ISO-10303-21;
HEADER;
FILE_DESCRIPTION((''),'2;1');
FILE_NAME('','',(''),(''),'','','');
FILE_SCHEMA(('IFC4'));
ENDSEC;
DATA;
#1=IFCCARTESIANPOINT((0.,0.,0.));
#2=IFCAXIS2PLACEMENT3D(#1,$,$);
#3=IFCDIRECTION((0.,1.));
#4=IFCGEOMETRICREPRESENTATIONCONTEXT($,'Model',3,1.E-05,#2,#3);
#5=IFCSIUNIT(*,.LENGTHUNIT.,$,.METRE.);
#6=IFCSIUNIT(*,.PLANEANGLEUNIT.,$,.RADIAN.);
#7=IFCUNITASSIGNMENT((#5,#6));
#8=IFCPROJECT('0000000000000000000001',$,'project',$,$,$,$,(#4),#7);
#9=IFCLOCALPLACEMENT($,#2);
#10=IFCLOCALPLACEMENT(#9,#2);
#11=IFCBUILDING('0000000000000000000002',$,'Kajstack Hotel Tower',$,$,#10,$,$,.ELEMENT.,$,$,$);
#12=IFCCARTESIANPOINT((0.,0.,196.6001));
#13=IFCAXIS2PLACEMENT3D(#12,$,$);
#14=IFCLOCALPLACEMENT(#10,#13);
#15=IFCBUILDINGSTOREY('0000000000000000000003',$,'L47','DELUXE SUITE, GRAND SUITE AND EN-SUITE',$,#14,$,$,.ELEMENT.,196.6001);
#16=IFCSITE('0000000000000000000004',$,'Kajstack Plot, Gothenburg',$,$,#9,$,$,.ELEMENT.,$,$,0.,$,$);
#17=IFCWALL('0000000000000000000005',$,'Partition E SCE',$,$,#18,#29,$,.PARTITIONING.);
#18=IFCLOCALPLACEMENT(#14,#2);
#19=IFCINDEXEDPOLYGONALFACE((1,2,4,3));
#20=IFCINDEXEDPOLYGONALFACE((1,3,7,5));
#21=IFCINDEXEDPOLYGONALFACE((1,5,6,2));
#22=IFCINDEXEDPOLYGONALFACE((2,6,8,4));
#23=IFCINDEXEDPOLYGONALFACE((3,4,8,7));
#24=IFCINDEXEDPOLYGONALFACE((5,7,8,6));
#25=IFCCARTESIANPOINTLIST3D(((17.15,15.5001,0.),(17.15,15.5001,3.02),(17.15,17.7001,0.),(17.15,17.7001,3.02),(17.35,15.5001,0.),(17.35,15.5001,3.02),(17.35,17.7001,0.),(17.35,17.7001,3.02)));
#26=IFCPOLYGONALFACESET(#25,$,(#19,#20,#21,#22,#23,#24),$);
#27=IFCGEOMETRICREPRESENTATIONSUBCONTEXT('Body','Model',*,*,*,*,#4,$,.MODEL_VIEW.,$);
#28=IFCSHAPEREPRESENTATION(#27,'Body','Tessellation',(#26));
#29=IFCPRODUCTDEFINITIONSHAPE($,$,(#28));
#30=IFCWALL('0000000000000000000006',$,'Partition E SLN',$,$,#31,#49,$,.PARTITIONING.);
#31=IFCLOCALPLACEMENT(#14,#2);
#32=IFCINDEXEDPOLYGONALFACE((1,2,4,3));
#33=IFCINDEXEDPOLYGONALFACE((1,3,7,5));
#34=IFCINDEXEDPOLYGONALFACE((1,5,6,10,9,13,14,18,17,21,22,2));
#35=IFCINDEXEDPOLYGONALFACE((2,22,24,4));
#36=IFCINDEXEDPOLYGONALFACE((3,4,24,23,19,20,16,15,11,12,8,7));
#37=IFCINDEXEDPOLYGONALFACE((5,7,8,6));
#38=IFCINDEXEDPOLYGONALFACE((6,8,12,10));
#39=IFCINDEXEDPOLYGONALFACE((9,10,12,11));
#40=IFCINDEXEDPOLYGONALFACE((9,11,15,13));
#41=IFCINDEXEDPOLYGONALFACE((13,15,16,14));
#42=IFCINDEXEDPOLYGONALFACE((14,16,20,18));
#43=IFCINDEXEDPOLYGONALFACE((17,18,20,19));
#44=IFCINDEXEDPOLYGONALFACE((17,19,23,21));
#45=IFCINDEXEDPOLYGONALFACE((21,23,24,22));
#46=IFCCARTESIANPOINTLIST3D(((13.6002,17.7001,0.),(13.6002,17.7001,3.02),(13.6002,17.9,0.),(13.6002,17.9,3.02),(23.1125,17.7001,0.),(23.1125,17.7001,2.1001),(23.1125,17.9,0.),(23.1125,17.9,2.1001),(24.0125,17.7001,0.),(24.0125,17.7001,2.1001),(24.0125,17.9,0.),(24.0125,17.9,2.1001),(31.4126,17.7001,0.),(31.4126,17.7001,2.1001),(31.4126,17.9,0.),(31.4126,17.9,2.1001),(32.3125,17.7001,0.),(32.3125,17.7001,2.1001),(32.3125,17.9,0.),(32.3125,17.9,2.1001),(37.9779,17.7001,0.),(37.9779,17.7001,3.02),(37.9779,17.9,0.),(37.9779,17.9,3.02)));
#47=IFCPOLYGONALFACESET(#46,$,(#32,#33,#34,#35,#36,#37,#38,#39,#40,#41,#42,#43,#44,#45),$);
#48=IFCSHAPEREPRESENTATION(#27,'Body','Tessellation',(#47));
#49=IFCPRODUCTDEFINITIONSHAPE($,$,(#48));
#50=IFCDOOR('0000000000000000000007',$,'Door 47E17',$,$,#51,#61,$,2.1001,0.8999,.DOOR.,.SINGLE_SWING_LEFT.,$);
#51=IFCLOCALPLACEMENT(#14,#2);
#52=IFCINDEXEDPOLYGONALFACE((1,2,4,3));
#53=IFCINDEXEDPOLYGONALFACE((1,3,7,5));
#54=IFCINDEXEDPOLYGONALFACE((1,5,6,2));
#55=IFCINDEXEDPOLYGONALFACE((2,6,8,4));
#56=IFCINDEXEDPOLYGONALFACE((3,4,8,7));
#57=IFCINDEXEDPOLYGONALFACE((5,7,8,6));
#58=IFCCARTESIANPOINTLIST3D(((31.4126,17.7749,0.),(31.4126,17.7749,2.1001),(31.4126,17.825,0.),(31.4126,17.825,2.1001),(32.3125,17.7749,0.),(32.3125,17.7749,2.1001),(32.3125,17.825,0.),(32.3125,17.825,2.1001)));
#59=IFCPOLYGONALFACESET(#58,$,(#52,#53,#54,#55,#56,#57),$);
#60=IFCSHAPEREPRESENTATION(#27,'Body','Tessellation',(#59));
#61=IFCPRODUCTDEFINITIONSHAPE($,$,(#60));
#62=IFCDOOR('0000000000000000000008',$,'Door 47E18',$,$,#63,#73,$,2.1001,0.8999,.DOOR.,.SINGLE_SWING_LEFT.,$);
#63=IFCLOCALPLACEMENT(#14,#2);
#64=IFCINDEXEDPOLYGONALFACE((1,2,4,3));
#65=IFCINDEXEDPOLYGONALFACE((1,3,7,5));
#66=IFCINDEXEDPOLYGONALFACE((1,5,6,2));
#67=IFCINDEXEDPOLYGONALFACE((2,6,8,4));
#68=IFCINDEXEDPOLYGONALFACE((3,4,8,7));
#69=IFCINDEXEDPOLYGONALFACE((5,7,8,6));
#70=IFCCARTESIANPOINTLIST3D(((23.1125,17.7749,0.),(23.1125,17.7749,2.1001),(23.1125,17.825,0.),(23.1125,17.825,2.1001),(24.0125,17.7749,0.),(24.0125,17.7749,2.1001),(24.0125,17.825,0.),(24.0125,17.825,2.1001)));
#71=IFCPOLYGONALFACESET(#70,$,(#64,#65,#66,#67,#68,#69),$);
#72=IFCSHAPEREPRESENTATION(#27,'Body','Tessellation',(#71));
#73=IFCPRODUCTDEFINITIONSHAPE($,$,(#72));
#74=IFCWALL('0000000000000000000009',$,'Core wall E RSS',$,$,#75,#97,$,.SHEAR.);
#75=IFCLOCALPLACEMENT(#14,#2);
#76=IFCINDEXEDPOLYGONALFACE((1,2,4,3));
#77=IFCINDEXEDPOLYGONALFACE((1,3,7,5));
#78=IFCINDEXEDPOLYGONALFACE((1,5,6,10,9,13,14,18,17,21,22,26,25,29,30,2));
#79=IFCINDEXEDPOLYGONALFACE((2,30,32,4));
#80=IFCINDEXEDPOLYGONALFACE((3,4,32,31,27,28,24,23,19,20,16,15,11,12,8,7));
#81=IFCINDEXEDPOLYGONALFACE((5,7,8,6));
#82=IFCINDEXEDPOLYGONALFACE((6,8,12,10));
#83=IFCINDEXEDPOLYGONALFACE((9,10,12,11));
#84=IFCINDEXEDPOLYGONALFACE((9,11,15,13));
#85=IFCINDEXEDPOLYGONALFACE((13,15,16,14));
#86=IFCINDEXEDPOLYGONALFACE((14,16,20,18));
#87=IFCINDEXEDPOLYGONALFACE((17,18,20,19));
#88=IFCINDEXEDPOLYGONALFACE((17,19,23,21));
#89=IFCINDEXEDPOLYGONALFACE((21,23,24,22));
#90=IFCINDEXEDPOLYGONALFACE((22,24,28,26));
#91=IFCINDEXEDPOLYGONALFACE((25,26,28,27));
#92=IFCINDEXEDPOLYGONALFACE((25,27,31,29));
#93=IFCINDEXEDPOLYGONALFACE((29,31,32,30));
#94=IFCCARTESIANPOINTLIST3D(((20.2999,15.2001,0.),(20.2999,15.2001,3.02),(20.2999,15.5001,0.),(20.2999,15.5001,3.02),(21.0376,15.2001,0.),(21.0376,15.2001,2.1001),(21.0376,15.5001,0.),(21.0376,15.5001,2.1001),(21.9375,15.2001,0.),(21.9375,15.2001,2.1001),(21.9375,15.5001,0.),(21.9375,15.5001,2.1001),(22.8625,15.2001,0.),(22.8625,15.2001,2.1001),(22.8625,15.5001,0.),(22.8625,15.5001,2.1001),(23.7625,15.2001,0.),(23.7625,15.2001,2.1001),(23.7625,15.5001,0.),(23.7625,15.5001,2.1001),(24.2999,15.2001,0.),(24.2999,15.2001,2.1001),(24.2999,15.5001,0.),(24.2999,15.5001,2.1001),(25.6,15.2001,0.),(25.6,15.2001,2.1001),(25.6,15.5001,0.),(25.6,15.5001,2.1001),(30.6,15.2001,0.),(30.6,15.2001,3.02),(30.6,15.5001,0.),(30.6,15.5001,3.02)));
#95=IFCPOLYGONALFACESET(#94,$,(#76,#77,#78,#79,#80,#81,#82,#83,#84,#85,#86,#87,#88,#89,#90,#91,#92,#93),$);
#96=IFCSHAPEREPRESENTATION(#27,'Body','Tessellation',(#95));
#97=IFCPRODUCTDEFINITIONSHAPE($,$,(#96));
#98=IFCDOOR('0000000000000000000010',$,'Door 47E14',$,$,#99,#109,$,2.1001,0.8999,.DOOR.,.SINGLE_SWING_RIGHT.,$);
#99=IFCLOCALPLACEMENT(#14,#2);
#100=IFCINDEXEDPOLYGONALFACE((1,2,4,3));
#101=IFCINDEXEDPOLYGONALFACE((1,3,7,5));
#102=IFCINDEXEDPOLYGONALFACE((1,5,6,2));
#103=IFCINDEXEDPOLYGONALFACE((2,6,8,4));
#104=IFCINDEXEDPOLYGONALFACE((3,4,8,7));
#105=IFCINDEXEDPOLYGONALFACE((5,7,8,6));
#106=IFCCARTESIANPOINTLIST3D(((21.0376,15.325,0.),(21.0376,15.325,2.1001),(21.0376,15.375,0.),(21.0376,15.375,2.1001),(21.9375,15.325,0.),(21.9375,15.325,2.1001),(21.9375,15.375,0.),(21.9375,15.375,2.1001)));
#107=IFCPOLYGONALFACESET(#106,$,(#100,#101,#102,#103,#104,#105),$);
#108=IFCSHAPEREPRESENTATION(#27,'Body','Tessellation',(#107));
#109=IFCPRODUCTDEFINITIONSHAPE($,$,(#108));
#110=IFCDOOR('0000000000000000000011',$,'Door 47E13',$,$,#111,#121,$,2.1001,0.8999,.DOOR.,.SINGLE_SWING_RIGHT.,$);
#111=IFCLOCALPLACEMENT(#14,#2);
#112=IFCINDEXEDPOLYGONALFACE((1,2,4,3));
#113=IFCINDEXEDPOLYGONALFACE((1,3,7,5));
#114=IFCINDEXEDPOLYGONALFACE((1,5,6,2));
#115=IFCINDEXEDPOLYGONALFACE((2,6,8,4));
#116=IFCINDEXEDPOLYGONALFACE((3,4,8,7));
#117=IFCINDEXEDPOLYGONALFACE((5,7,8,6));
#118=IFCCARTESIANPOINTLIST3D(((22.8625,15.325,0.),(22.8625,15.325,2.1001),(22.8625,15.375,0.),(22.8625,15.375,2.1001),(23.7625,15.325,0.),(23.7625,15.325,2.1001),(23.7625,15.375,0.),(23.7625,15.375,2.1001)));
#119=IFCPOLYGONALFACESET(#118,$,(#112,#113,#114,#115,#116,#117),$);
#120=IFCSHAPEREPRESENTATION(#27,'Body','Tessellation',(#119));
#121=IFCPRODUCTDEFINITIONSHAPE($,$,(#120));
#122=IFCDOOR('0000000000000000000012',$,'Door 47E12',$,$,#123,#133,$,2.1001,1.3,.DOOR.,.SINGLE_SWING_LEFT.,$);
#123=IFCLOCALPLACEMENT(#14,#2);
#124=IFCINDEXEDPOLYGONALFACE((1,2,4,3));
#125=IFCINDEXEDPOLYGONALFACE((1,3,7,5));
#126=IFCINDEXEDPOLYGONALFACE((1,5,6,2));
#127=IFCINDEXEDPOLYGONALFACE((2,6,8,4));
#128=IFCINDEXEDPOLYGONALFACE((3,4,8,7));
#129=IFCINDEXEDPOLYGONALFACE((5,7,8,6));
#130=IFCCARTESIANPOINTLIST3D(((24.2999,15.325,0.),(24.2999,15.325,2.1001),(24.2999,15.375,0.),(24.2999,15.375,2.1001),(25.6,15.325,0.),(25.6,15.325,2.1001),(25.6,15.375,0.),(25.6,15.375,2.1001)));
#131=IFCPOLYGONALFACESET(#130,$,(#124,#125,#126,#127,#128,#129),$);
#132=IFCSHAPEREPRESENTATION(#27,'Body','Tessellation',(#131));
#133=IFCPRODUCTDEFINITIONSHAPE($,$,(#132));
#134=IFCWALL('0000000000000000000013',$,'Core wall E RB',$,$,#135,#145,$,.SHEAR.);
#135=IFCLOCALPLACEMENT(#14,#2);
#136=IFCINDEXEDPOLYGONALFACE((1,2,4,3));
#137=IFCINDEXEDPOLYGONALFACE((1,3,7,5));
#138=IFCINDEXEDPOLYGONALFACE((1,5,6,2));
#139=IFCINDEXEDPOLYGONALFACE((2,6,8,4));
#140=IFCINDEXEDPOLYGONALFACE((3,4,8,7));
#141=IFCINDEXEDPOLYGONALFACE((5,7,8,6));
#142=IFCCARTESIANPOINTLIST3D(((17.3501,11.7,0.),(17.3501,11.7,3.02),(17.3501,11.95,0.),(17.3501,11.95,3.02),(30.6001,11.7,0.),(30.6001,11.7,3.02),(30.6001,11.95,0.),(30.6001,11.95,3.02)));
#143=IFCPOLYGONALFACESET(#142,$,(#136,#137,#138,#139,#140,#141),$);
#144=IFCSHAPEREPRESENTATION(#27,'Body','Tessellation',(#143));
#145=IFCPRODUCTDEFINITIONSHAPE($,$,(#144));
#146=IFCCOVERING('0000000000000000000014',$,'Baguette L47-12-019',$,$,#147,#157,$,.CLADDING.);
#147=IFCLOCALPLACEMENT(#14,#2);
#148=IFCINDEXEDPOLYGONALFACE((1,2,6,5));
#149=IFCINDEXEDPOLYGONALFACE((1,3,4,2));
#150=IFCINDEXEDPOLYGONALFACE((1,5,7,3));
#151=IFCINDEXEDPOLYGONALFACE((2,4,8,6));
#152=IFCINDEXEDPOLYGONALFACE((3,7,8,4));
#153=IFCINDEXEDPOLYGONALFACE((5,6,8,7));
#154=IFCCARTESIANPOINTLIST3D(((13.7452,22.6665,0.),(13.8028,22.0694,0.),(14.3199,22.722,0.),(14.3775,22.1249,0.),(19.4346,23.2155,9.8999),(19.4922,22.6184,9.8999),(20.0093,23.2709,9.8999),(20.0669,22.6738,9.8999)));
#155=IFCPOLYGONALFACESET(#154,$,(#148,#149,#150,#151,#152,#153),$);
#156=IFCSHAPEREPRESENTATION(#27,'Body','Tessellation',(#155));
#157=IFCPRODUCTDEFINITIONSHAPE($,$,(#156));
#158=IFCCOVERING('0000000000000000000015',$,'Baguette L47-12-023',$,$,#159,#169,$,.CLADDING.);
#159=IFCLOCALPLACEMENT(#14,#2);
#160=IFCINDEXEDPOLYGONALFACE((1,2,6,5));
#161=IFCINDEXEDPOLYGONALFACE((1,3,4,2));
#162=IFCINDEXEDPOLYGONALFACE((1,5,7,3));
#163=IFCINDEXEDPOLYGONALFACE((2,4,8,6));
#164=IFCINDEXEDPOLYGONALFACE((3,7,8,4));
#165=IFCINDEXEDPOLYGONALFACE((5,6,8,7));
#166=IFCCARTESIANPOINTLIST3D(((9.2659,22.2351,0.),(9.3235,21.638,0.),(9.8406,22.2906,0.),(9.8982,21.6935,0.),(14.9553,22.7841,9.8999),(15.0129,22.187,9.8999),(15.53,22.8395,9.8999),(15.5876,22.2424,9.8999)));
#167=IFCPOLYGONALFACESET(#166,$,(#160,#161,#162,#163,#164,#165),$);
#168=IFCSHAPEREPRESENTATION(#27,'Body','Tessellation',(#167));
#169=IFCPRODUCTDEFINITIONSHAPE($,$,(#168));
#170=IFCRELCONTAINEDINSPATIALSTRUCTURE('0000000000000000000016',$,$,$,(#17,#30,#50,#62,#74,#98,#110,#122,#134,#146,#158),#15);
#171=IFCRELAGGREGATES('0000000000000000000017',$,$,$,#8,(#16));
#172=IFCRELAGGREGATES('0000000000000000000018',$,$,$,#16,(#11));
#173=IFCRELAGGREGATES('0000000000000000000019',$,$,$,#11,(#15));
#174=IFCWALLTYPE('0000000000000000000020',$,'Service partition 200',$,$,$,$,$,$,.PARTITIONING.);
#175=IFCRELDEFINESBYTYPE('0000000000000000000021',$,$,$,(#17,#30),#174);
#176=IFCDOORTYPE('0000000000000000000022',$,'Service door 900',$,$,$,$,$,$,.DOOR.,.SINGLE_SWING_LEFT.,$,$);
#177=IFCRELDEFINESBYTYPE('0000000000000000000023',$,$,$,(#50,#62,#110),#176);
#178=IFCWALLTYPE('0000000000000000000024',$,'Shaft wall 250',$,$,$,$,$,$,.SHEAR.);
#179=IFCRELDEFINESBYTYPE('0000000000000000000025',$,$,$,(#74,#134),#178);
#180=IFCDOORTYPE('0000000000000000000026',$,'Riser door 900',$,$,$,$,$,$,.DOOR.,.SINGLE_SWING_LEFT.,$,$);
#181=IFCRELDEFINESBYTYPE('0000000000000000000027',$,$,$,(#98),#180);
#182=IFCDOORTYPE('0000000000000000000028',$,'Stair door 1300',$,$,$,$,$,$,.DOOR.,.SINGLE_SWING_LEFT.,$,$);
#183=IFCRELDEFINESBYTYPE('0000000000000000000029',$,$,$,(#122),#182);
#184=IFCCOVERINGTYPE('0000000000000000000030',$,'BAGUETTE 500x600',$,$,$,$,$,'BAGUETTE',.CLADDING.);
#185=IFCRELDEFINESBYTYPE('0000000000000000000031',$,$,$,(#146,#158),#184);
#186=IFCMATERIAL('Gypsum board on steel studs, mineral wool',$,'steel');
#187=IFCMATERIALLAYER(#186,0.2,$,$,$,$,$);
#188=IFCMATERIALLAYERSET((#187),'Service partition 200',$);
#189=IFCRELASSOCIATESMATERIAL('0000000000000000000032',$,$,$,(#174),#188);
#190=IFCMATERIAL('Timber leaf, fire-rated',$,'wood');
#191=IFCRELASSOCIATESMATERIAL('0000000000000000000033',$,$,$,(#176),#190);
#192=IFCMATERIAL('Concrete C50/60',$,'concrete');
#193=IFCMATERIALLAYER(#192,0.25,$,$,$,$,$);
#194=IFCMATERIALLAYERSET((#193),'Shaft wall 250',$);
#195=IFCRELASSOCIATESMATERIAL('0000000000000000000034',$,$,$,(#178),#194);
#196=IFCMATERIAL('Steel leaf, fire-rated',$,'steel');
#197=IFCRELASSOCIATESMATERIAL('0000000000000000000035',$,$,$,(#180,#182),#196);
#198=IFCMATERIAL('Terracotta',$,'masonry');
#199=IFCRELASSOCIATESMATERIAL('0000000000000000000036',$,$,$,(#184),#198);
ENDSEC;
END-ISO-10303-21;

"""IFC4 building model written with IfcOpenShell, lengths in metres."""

from ifc_helpers import new_model, si_unit, direction, frame, frame_2d, origin, origin_2d, place, context, subcontext, project, spatial, polyline, rectangle, outline, extrude, material, layer, layer_set, material_profile, profile_set, type_object, element, fill, save


model = new_model("IFC4")

# Units and contexts
model_context = context("Model", 3, precision=1e-05, world=origin(), true_north=direction((0.0, 1.0)))
body_context = subcontext(model_context, "Body", "Model", "MODEL_VIEW")
ifc_project = project(units=[si_unit("LENGTHUNIT", "METRE"), si_unit("PLANEANGLEUNIT", "RADIAN")], contexts=[model_context])

# Site, building, storey
site_placement = place(None, origin())
site = spatial("IfcSite", under=ifc_project, at=site_placement, Name="Kajstack Plot, Gothenburg", CompositionType="ELEMENT", RefElevation=0.0)
building_placement = place(site_placement, origin())
building = spatial("IfcBuilding", under=site, at=building_placement, Name="Kajstack Hotel Tower", CompositionType="ELEMENT")
storey_placement = place(building_placement, frame((0.0, 0.0, 196.6001)))
storey = spatial("IfcBuildingStorey", under=building, at=storey_placement, Name="L47", Description="DELUXE SUITE, GRAND SUITE AND EN-SUITE", CompositionType="ELEMENT", Elevation=196.6001)

# Wall
ifc_material_1 = material(Name="Gypsum board on steel studs, mineral wool", Category="steel")
ifc_layer_1 = layer(ifc_material_1, 0.2)
ifc_layer_set_1 = layer_set([ifc_layer_1], Name="Service partition 200")
wall_type_1 = type_object("IfcWallType", Name="Service partition 200", PredefinedType="PARTITIONING", material=ifc_layer_set_1)
wall_1_placement = place(storey_placement, frame((17.25, 15.5, 0.0), z_axis=(0.0, 0.0, 1.0), x_axis=(0.0, 1.0, 0.0)))
element("IfcWall", 1, at=wall_1_placement, inside=storey, type_object=wall_type_1, Name="Partition E SCE", PredefinedType="PARTITIONING", context=body_context, shape_type="SweptSolid", body=[
    extrude(rectangle(XDim=2.2, YDim=0.2, at=frame_2d((1.1001, 0.0))), origin(), (0.0, 0.0, 1.0), 3.02),
])

# Walls, openings, doors
wall_2_placement = place(storey_placement, frame((13.6001, 17.8, 0.0), z_axis=(0.0, 0.0, 1.0), x_axis=(1.0, 0.0, 0.0)))
wall_2 = element("IfcWall", 2, at=wall_2_placement, inside=storey, type_object=wall_type_1, Name="Partition E SLN", PredefinedType="PARTITIONING", context=body_context, shape_type="SweptSolid", body=[
    extrude(rectangle(XDim=24.3777, YDim=0.2, at=frame_2d((12.189, 0.0))), origin(), (0.0, 0.0, 1.0), 3.02),
])
opening_1_placement = place(wall_2_placement, frame((17.8125, 0.0, 0.0)))
opening_1 = element("IfcOpeningElement", 3, at=opening_1_placement, cuts=wall_2, PredefinedType="OPENING", context=body_context, shape_type="SweptSolid", body=[
    extrude(rectangle(XDim=0.8999, YDim=2.1001, at=frame_2d((0.45, 1.05))), frame((0.0, 0.1099, 0.0), z_axis=(0.0, -1.0, 0.0), x_axis=(1.0, 0.0, 0.0)), (0.0, 0.0, 1.0), 0.22),
])
opening_2_placement = place(wall_2_placement, frame((9.5125, 0.0, 0.0)))
opening_2 = element("IfcOpeningElement", 4, at=opening_2_placement, cuts=wall_2, PredefinedType="OPENING", context=body_context, shape_type="SweptSolid", body=[
    extrude(rectangle(XDim=0.8999, YDim=2.1001, at=frame_2d((0.45, 1.05))), frame((0.0, 0.1099, 0.0), z_axis=(0.0, -1.0, 0.0), x_axis=(1.0, 0.0, 0.0)), (0.0, 0.0, 1.0), 0.22),
])
ifc_material_2 = material(Name="Timber leaf, fire-rated", Category="wood")
door_type_1 = type_object("IfcDoorType", Name="Service door 900", OperationType="SINGLE_SWING_LEFT", PredefinedType="DOOR", material=ifc_material_2)
door_1_placement = place(opening_1_placement, origin())
door_1 = element("IfcDoor", 5, at=door_1_placement, inside=storey, type_object=door_type_1, Name="Door 47E17", OperationType="SINGLE_SWING_LEFT", OverallHeight=2.1001, OverallWidth=0.8999, PredefinedType="DOOR", context=body_context, shape_type="SweptSolid", body=[
    extrude(rectangle(XDim=0.8999, YDim=2.1001, at=frame_2d((0.45, 1.05))), frame((0.0, 0.0249, 0.0), z_axis=(0.0, -1.0, 0.0), x_axis=(1.0, 0.0, 0.0)), (0.0, 0.0, 1.0), 0.05),
])
fill(opening_1, door_1)
door_2_placement = place(opening_2_placement, origin())
door_2 = element("IfcDoor", 6, at=door_2_placement, inside=storey, type_object=door_type_1, Name="Door 47E18", OperationType="SINGLE_SWING_LEFT", OverallHeight=2.1001, OverallWidth=0.8999, PredefinedType="DOOR", context=body_context, shape_type="SweptSolid", body=[
    extrude(rectangle(XDim=0.8999, YDim=2.1001, at=frame_2d((0.45, 1.05))), frame((0.0, 0.0249, 0.0), z_axis=(0.0, -1.0, 0.0), x_axis=(1.0, 0.0, 0.0)), (0.0, 0.0, 1.0), 0.05),
])
fill(opening_2, door_2)
ifc_material_3 = material(Name="Concrete C50/60", Category="concrete")
ifc_layer_2 = layer(ifc_material_3, 0.25)
ifc_layer_set_2 = layer_set([ifc_layer_2], Name="Shaft wall 250")
wall_type_2 = type_object("IfcWallType", Name="Shaft wall 250", PredefinedType="SHEAR", material=ifc_layer_set_2)
wall_3_placement = place(storey_placement, frame((20.3, 15.3501, 0.0), z_axis=(0.0, 0.0, 1.0), x_axis=(1.0, 0.0, 0.0)))
wall_3 = element("IfcWall", 7, at=wall_3_placement, inside=storey, type_object=wall_type_2, Name="Core wall E RSS", PredefinedType="SHEAR", context=body_context, shape_type="SweptSolid", body=[
    extrude(rectangle(XDim=10.3, YDim=0.3, at=frame_2d((5.1499, 0.0))), origin(), (0.0, 0.0, 1.0), 3.02),
])
opening_3_placement = place(wall_3_placement, frame((4.0, 0.0, 0.0)))
opening_3 = element("IfcOpeningElement", 8, at=opening_3_placement, cuts=wall_3, PredefinedType="OPENING", context=body_context, shape_type="SweptSolid", body=[
    extrude(rectangle(XDim=1.3, YDim=2.1001, at=frame_2d((0.6499, 1.05))), frame((0.0, 0.1599, 0.0), z_axis=(0.0, -1.0, 0.0), x_axis=(1.0, 0.0, 0.0)), (0.0, 0.0, 1.0), 0.3201),
])
opening_4_placement = place(wall_3_placement, frame((2.5625, 0.0, 0.0)))
opening_4 = element("IfcOpeningElement", 9, at=opening_4_placement, cuts=wall_3, PredefinedType="OPENING", context=body_context, shape_type="SweptSolid", body=[
    extrude(rectangle(XDim=0.8999, YDim=2.1001, at=frame_2d((0.45, 1.05))), frame((0.0, 0.1599, 0.0), z_axis=(0.0, -1.0, 0.0), x_axis=(1.0, 0.0, 0.0)), (0.0, 0.0, 1.0), 0.3201),
])
opening_5_placement = place(wall_3_placement, frame((0.7375, 0.0, 0.0)))
opening_5 = element("IfcOpeningElement", 10, at=opening_5_placement, cuts=wall_3, PredefinedType="OPENING", context=body_context, shape_type="SweptSolid", body=[
    extrude(rectangle(XDim=0.8999, YDim=2.1001, at=frame_2d((0.45, 1.05))), frame((0.0, 0.1599, 0.0), z_axis=(0.0, -1.0, 0.0), x_axis=(1.0, 0.0, 0.0)), (0.0, 0.0, 1.0), 0.3201),
])
ifc_material_4 = material(Name="Steel leaf, fire-rated", Category="steel")
door_type_2 = type_object("IfcDoorType", Name="Riser door 900", OperationType="SINGLE_SWING_LEFT", PredefinedType="DOOR", material=ifc_material_4)
door_3_placement = place(opening_5_placement, origin())
door_3 = element("IfcDoor", 11, at=door_3_placement, inside=storey, type_object=door_type_2, Name="Door 47E14", OperationType="SINGLE_SWING_RIGHT", OverallHeight=2.1001, OverallWidth=0.8999, PredefinedType="DOOR", context=body_context, shape_type="SweptSolid", body=[
    extrude(rectangle(XDim=0.8999, YDim=2.1001, at=frame_2d((0.45, 1.05))), frame((0.0, 0.0249, 0.0), z_axis=(0.0, -1.0, 0.0), x_axis=(1.0, 0.0, 0.0)), (0.0, 0.0, 1.0), 0.05),
])
fill(opening_5, door_3)
door_4_placement = place(opening_4_placement, origin())
door_4 = element("IfcDoor", 12, at=door_4_placement, inside=storey, type_object=door_type_1, Name="Door 47E13", OperationType="SINGLE_SWING_RIGHT", OverallHeight=2.1001, OverallWidth=0.8999, PredefinedType="DOOR", context=body_context, shape_type="SweptSolid", body=[
    extrude(rectangle(XDim=0.8999, YDim=2.1001, at=frame_2d((0.45, 1.05))), frame((0.0, 0.0249, 0.0), z_axis=(0.0, -1.0, 0.0), x_axis=(1.0, 0.0, 0.0)), (0.0, 0.0, 1.0), 0.05),
])
fill(opening_4, door_4)
door_type_3 = type_object("IfcDoorType", Name="Stair door 1300", OperationType="SINGLE_SWING_LEFT", PredefinedType="DOOR", material=ifc_material_4)
door_5_placement = place(opening_3_placement, origin())
door_5 = element("IfcDoor", 13, at=door_5_placement, inside=storey, type_object=door_type_3, Name="Door 47E12", OperationType="SINGLE_SWING_LEFT", OverallHeight=2.1001, OverallWidth=1.3, PredefinedType="DOOR", context=body_context, shape_type="SweptSolid", body=[
    extrude(rectangle(XDim=1.3, YDim=2.1001, at=frame_2d((0.6499, 1.05))), frame((0.0, 0.0249, 0.0), z_axis=(0.0, -1.0, 0.0), x_axis=(1.0, 0.0, 0.0)), (0.0, 0.0, 1.0), 0.05),
])
fill(opening_3, door_5)

# Wall
wall_4_placement = place(storey_placement, frame((17.3501, 11.825, 0.0), z_axis=(0.0, 0.0, 1.0), x_axis=(1.0, 0.0, 0.0)))
element("IfcWall", 14, at=wall_4_placement, inside=storey, type_object=wall_type_2, Name="Core wall E RB", PredefinedType="SHEAR", context=body_context, shape_type="SweptSolid", body=[
    extrude(rectangle(XDim=13.25, YDim=0.25, at=frame_2d((6.625, 0.0))), origin(), (0.0, 0.0, 1.0), 3.02),
])

# Coverings
ifc_material_5 = material(Name="Terracotta", Category="masonry")
ifc_material_profile = material_profile(ifc_material_5, rectangle(XDim=0.6001, YDim=0.5, at=origin_2d()), Name="Terracotta-clad concrete baguette 500 x 600")
ifc_profile_set = profile_set([ifc_material_profile], Name="Terracotta")
covering_type = type_object("IfcCoveringType", Name="BAGUETTE 500x600", ElementType="BAGUETTE", PredefinedType="CLADDING", material=ifc_profile_set)
for number, where, z_axis, x_axis, name in (
    (15, (20.0669, 22.6738, 0.0), (-0.096038, 0.995378, 0.0), (-0.995378, -0.096038, 0.0), "Baguette L47-12-019"),
    (16, (15.5876, 22.2424, 0.0), (-0.096038, 0.995378, 0.0), (-0.995378, -0.096038, 0.0), "Baguette L47-12-023"),
):
    element("IfcCovering", number, at=place(storey_placement, frame(where, z_axis=z_axis, x_axis=x_axis)), inside=storey, type_object=covering_type, Name=name, PredefinedType="CLADDING", context=body_context, shape_type="SweptSolid", body=[
        extrude(outline(polyline([(0.0, 9.8999), (5.7158, 0.0), (6.2932, 0.0), (0.5774, 9.8999), (0.0, 9.8999)])), origin(), (0.0, 0.0, 1.0), 0.5999),
    ])

save(model, "model.ifc")
